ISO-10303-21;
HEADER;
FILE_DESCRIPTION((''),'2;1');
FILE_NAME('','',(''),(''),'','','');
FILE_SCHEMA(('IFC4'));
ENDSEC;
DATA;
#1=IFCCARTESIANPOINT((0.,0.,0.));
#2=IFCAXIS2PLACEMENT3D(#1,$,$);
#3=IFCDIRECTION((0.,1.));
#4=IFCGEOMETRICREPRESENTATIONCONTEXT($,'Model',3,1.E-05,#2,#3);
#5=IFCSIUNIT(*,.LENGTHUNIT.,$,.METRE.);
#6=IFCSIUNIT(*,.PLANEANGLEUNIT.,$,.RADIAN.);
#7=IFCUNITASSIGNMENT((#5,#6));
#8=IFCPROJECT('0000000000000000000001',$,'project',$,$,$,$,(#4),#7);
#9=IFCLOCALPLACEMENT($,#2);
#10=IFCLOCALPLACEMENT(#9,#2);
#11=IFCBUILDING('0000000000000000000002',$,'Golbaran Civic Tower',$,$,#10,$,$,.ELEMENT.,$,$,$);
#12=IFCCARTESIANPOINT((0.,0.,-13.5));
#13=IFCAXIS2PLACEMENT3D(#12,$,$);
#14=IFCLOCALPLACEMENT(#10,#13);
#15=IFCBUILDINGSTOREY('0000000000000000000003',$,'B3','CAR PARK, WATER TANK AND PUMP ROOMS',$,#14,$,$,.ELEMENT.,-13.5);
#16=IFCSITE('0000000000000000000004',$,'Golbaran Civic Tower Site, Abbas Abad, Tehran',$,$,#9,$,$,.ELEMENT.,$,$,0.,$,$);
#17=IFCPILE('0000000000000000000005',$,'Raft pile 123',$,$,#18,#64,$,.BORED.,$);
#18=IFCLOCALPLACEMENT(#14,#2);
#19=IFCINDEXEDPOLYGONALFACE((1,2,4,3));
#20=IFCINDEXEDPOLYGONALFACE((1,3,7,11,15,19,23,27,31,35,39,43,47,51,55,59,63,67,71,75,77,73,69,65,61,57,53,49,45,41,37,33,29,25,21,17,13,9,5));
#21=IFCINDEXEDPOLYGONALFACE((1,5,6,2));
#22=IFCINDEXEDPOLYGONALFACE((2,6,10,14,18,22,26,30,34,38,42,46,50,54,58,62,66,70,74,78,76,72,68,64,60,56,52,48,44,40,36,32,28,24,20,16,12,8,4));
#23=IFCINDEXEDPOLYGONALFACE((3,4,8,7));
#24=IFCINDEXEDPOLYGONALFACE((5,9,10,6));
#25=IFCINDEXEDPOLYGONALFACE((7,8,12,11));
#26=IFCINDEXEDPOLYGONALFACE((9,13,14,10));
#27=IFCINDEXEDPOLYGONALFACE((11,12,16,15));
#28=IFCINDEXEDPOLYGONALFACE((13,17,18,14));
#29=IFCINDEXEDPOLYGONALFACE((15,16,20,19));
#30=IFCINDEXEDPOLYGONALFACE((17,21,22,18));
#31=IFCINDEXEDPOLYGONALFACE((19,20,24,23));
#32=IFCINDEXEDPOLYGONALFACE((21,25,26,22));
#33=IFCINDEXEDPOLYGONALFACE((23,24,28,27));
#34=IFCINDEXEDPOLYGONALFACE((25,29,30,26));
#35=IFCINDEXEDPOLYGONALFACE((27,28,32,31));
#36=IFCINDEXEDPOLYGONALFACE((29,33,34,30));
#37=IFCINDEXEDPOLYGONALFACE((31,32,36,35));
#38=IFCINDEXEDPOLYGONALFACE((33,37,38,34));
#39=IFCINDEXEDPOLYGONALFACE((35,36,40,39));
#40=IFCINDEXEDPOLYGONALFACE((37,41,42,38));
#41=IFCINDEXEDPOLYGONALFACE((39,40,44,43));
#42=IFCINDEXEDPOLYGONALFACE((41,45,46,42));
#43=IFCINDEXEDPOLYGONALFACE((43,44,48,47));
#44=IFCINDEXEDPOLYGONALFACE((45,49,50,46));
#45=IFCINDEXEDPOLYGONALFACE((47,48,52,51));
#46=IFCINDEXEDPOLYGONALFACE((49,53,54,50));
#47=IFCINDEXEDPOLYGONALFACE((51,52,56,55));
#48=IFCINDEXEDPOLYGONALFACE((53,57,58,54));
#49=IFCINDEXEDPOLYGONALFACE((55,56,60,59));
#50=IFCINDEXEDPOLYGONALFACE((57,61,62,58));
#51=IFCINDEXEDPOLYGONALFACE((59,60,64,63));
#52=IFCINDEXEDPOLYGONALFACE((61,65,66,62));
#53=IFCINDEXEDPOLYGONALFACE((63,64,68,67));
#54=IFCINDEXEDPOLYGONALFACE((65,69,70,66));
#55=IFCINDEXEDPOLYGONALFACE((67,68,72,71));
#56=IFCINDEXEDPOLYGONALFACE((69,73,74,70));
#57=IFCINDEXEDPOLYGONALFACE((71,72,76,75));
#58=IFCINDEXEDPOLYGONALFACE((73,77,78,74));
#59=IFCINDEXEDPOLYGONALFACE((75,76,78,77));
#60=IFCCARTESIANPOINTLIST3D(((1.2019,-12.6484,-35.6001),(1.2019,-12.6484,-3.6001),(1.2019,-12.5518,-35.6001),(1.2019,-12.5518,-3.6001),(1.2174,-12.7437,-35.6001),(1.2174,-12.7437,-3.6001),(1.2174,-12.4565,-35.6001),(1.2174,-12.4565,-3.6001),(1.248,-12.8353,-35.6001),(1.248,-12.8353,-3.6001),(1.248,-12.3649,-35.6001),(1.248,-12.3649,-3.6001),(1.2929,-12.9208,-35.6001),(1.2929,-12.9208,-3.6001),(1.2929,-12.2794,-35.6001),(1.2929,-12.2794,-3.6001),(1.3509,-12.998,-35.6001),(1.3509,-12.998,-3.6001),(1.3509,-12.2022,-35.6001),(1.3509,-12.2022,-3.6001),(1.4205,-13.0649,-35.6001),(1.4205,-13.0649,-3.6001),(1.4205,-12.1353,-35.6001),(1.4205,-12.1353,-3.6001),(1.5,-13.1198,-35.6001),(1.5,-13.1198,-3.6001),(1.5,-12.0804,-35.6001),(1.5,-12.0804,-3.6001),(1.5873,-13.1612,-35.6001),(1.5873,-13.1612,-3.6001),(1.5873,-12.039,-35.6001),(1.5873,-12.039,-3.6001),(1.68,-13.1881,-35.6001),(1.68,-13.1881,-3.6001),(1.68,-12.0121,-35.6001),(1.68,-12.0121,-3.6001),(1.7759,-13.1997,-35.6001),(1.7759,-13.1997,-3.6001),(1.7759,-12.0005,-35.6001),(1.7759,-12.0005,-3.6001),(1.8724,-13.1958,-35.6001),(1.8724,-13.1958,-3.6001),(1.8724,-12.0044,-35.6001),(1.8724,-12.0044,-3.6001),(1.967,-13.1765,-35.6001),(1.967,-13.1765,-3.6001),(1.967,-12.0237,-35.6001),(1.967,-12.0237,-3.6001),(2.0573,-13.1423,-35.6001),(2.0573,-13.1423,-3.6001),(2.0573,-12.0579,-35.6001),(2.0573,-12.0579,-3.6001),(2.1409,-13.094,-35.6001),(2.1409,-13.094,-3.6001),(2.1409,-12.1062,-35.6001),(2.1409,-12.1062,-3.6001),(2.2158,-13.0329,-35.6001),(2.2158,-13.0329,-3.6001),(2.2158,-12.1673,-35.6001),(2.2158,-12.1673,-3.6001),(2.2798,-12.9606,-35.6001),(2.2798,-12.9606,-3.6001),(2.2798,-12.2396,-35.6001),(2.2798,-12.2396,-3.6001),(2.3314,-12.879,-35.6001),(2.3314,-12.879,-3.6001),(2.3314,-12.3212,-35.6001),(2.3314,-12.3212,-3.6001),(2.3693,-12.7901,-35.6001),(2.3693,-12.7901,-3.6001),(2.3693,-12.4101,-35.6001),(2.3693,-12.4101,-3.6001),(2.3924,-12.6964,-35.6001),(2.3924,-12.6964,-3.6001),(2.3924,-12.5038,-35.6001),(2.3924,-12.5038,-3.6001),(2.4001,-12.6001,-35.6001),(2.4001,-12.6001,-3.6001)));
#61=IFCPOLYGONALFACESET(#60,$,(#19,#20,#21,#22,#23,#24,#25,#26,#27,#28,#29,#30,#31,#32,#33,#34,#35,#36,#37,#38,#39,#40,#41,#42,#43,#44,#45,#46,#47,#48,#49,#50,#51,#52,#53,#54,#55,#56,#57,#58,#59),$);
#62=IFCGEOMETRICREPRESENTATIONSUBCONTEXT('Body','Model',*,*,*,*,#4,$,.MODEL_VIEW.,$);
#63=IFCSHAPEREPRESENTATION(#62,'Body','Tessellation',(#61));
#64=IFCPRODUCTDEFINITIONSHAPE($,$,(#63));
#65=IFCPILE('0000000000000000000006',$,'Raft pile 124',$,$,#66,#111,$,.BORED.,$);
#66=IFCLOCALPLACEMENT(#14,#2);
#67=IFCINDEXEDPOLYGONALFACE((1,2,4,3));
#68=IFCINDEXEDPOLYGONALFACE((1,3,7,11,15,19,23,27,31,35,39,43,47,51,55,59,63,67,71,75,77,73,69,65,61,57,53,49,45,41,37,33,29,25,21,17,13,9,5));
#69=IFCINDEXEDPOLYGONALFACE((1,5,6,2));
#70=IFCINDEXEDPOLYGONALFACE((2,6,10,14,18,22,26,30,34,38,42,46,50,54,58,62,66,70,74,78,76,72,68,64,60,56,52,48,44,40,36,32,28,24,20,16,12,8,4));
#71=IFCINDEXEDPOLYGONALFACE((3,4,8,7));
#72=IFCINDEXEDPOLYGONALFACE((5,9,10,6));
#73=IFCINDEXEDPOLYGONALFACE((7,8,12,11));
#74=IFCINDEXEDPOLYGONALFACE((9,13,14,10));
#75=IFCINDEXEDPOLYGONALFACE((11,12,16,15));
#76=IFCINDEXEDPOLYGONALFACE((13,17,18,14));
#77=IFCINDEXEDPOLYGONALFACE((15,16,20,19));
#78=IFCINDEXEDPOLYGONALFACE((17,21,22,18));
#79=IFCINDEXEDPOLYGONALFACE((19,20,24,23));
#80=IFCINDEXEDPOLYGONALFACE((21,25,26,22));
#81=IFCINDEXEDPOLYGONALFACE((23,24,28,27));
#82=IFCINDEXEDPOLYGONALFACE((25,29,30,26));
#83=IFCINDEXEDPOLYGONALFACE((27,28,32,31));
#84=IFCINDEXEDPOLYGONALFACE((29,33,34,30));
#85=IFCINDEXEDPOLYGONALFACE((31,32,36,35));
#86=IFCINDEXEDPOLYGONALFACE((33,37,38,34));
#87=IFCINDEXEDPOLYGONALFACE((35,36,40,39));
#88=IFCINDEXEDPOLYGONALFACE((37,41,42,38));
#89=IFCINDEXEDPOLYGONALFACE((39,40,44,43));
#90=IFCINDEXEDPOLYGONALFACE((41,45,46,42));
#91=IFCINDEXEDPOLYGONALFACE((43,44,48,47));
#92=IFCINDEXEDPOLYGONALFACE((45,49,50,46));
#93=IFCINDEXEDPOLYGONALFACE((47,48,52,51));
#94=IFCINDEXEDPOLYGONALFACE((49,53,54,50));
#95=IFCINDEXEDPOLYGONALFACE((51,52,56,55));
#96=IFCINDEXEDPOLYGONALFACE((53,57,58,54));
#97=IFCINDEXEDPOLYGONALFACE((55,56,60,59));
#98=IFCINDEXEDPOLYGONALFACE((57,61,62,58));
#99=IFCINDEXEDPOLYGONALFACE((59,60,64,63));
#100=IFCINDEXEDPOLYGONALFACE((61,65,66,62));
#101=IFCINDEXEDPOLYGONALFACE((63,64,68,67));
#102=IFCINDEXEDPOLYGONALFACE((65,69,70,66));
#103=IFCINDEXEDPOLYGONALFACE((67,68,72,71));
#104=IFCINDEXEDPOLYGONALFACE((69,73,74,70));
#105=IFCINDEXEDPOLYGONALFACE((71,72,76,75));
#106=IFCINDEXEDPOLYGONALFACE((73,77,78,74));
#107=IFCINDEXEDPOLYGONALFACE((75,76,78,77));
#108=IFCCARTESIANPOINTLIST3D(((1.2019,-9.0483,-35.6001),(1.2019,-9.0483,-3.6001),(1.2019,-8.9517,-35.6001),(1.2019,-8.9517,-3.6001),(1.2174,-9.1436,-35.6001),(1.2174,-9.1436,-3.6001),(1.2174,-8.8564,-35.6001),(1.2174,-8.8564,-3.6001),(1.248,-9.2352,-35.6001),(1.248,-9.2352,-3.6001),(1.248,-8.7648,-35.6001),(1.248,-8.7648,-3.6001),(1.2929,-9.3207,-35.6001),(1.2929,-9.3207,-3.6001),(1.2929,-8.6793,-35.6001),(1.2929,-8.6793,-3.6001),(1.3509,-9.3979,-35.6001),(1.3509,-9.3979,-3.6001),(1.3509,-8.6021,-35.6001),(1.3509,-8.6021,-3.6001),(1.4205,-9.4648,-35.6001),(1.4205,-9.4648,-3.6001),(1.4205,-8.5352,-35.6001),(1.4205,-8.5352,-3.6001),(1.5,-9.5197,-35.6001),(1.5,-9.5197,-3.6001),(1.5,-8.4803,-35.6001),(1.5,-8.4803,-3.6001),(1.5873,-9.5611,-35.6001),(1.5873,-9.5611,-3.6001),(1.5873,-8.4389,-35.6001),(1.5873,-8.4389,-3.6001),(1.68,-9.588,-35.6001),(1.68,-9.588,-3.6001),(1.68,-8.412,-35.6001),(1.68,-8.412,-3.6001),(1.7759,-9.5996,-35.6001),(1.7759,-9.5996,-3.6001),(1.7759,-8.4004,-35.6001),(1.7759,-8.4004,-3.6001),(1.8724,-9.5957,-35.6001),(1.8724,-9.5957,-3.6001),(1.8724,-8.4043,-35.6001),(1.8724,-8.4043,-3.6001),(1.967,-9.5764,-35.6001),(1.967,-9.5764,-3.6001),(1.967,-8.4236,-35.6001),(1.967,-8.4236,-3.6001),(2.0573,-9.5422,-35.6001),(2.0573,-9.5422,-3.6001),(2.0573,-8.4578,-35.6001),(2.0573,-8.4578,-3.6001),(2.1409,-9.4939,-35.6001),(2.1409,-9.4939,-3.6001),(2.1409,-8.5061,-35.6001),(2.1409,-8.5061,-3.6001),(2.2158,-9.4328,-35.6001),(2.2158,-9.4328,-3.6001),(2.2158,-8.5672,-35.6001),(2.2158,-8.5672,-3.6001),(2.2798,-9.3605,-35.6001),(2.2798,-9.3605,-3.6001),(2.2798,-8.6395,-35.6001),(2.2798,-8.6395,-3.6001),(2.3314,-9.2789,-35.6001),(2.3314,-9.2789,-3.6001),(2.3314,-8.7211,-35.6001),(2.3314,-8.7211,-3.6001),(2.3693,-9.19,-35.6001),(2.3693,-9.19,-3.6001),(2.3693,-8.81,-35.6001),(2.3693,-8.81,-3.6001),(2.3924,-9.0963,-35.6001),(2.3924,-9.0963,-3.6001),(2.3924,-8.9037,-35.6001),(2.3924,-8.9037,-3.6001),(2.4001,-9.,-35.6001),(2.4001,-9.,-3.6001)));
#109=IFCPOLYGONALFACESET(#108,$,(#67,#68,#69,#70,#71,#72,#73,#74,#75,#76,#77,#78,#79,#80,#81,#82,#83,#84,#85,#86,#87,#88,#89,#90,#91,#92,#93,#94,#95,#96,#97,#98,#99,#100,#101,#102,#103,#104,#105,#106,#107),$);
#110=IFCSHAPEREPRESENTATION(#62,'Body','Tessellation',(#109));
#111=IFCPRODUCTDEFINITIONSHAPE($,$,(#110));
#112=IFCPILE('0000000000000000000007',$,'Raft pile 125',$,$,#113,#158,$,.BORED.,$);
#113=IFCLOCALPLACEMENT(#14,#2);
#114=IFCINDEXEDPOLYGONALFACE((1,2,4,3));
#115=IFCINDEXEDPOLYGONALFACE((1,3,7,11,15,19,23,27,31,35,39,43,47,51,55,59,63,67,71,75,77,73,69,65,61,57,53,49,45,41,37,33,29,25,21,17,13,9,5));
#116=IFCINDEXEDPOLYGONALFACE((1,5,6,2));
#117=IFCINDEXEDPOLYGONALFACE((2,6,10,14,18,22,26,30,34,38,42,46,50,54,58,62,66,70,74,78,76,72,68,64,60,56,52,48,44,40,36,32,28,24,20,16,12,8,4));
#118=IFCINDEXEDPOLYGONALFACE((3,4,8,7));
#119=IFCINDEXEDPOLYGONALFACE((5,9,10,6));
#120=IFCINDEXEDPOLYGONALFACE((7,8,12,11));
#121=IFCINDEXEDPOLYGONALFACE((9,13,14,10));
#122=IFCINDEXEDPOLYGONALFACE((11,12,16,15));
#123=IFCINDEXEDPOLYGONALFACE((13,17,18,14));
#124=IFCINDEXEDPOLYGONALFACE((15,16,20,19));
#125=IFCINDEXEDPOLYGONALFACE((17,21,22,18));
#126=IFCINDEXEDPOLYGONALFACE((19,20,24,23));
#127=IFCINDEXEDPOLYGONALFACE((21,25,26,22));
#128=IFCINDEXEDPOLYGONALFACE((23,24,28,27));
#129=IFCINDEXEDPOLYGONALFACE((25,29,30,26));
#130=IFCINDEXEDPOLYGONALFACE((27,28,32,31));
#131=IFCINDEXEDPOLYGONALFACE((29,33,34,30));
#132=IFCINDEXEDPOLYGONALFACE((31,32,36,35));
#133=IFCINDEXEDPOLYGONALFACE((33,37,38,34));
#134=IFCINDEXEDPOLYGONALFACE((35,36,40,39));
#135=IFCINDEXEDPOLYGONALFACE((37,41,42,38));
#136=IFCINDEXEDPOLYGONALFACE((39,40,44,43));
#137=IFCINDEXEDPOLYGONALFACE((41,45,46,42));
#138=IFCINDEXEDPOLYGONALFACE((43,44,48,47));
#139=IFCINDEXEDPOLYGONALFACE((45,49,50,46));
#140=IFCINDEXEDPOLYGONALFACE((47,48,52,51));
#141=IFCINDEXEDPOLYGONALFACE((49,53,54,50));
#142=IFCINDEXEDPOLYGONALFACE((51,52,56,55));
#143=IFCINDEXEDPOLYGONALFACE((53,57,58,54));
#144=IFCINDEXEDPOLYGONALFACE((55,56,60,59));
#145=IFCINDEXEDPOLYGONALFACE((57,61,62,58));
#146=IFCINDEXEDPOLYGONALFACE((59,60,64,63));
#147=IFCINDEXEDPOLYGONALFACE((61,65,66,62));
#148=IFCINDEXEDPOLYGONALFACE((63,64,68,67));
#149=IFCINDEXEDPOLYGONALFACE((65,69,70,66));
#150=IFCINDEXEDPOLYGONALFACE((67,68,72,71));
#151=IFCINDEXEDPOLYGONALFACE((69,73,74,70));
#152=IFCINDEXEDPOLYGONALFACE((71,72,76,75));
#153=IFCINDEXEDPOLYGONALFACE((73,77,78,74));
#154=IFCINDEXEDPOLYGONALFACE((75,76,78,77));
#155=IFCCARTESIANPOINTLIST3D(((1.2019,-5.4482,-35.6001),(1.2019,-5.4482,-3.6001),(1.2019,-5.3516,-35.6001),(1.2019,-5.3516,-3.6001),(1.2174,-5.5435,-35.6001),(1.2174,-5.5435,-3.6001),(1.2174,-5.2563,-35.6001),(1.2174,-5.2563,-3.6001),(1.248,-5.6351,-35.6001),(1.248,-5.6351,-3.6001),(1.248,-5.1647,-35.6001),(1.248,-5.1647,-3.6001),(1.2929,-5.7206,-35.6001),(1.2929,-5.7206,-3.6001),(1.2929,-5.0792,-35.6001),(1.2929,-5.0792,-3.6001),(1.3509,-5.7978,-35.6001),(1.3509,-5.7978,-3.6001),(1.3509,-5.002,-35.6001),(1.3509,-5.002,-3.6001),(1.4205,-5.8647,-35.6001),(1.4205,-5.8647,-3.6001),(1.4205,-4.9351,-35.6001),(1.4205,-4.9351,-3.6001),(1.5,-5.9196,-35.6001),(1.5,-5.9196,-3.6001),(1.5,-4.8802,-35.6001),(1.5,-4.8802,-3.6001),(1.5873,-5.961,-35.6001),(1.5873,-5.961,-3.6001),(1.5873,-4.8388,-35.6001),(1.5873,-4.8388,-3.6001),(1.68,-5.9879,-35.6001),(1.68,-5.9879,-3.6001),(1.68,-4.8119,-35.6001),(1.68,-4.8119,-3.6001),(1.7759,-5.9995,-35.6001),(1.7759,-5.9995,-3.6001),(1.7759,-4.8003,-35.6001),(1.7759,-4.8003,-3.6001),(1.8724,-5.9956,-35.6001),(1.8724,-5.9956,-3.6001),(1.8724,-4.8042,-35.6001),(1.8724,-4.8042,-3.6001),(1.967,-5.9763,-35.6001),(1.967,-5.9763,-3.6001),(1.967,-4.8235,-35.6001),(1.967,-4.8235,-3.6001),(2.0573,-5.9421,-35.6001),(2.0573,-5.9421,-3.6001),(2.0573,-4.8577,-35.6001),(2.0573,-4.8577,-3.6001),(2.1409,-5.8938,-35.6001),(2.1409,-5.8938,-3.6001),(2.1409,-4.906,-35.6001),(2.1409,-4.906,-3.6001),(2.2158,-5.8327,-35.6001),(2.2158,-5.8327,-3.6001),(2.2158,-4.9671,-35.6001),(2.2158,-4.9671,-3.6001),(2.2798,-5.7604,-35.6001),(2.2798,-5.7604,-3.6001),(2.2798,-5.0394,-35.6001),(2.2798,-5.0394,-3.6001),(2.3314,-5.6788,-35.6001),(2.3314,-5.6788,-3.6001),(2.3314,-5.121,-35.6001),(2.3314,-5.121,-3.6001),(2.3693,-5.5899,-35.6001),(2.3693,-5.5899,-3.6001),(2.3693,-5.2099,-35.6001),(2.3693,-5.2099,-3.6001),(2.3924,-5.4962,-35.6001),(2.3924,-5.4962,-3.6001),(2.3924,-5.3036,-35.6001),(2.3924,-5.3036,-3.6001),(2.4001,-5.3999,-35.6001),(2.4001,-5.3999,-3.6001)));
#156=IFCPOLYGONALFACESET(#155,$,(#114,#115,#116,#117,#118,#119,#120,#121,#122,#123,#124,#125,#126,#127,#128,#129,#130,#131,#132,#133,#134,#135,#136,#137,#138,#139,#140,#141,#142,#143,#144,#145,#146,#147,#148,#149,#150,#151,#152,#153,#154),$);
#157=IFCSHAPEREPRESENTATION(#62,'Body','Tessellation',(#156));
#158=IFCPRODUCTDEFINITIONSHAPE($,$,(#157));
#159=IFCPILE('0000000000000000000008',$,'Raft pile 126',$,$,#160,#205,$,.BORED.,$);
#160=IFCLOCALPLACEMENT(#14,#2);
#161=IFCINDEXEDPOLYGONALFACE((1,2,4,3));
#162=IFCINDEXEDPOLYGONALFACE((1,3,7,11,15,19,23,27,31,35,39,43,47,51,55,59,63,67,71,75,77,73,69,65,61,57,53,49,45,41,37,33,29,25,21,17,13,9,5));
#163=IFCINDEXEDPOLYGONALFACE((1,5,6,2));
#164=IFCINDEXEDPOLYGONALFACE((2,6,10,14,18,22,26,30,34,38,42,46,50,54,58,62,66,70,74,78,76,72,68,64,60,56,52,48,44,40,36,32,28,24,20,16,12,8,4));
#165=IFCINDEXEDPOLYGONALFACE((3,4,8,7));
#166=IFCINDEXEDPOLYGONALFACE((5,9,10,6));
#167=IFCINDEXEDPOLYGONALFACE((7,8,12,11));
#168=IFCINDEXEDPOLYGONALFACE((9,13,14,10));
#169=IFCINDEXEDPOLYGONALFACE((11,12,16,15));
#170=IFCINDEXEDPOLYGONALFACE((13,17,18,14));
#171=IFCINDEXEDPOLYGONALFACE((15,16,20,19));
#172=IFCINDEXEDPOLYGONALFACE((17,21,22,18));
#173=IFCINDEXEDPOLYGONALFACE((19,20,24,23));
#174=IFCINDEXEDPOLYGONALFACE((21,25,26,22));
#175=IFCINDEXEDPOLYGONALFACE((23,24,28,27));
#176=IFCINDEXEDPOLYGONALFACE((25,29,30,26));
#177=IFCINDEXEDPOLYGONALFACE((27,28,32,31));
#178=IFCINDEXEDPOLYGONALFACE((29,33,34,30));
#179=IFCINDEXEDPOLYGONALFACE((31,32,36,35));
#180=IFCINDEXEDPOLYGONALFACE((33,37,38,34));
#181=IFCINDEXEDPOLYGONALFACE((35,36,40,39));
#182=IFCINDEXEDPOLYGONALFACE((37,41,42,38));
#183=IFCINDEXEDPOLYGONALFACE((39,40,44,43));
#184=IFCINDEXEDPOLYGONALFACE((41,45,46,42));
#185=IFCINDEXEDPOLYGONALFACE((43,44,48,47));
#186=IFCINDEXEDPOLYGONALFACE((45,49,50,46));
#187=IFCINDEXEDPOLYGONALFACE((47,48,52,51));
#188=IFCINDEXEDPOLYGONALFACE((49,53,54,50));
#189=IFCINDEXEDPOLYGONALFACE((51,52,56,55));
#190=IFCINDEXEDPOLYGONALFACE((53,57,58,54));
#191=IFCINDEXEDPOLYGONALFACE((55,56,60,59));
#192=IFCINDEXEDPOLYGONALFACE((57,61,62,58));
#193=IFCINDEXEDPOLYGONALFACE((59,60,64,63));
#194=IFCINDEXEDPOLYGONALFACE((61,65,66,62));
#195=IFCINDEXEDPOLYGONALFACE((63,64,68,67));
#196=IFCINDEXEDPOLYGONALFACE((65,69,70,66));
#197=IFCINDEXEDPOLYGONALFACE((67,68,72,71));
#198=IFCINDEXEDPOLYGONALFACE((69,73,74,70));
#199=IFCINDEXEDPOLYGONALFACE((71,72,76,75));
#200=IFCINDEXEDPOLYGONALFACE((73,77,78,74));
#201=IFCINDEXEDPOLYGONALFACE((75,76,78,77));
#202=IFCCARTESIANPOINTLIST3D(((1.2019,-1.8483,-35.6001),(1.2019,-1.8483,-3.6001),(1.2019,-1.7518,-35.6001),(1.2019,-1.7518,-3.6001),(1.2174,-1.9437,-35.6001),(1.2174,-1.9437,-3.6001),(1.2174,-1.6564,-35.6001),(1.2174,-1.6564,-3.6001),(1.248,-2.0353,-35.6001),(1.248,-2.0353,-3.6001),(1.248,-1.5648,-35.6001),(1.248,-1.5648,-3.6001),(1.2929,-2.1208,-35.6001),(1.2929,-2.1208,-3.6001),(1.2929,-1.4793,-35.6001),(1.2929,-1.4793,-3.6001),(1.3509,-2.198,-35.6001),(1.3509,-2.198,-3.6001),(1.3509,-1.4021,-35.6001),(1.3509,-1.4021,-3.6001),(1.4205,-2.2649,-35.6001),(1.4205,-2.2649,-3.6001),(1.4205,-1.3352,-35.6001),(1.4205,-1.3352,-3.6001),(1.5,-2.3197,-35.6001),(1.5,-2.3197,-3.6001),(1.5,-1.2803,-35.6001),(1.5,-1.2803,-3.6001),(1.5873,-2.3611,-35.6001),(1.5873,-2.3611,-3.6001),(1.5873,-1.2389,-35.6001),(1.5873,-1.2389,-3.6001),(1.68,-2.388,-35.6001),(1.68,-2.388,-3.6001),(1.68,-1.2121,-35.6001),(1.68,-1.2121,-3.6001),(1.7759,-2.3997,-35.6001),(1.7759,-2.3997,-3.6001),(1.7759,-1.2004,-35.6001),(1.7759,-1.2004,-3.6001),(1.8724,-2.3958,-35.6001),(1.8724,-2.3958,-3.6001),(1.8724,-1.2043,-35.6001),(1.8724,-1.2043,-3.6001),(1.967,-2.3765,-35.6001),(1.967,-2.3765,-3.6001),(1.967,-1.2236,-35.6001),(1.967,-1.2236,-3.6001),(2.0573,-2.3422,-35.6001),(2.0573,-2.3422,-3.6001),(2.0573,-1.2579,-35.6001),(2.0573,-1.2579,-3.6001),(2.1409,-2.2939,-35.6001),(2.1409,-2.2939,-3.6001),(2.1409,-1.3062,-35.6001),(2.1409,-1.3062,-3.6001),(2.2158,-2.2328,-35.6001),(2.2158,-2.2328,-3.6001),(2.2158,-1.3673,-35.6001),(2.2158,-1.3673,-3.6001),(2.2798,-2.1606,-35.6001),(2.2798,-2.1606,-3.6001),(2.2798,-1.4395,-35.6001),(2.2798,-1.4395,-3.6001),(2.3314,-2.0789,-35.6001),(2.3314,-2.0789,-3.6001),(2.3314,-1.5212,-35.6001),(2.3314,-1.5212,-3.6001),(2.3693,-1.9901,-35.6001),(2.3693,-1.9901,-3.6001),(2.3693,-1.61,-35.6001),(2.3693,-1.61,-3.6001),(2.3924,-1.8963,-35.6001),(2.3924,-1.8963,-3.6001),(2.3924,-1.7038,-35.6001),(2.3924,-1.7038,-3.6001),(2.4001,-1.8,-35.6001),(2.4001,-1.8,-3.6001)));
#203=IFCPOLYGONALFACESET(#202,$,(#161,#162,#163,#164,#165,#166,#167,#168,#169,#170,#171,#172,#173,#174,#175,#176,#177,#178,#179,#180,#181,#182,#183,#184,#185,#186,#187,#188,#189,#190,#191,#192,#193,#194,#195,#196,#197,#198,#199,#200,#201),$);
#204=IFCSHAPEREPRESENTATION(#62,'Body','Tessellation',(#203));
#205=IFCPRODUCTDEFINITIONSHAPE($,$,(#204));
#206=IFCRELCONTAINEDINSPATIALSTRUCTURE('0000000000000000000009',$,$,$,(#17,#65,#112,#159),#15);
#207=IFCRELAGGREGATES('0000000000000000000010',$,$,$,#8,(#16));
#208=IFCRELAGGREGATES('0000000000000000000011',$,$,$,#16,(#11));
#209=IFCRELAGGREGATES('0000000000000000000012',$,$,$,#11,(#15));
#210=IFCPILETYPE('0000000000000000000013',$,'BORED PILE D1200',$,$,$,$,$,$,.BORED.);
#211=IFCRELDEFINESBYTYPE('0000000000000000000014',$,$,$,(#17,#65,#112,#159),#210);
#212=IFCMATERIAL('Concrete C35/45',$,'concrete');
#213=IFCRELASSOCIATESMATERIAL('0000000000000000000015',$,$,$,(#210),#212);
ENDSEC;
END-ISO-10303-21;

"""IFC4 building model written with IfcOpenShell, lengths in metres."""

from ifc_helpers import new_model, si_unit, direction, frame, origin, origin_2d, place, context, subcontext, project, spatial, circle, extrude, material, material_profile, profile_set, type_object, element, save


model = new_model("IFC4")

# Units and contexts
model_context = context("Model", 3, precision=1e-05, world=origin(), true_north=direction((0.0, 1.0)))
body_context = subcontext(model_context, "Body", "Model", "MODEL_VIEW")
ifc_project = project(units=[si_unit("LENGTHUNIT", "METRE"), si_unit("PLANEANGLEUNIT", "RADIAN")], contexts=[model_context])

# Site, building, storey
site_placement = place(None, origin())
site = spatial("IfcSite", under=ifc_project, at=site_placement, Name="Golbaran Civic Tower Site, Abbas Abad, Tehran", CompositionType="ELEMENT", RefElevation=0.0)
building_placement = place(site_placement, origin())
building = spatial("IfcBuilding", under=site, at=building_placement, Name="Golbaran Civic Tower", CompositionType="ELEMENT")
storey_placement = place(building_placement, frame((0.0, 0.0, -13.5)))
storey = spatial("IfcBuildingStorey", under=building, at=storey_placement, Name="B3", Description="CAR PARK, WATER TANK AND PUMP ROOMS", CompositionType="ELEMENT", Elevation=-13.5)

# Piles
ifc_material_1 = material(Name="Concrete C35/45", Category="concrete")
ifc_material_profile = material_profile(ifc_material_1, circle(Radius=0.6001, at=origin_2d()), Name="BORED PILE D1200")
ifc_profile_set = profile_set([ifc_material_profile], Name="Concrete C35/45")
pile_type = type_object("IfcPileType", Name="BORED PILE D1200", PredefinedType="BORED", material=ifc_profile_set)
for number, where, z_axis, x_axis, name in (
    (1, (1.8, -12.6001, -3.6001), (0.0, 0.0, -1.0), (1.0, 0.0, 0.0), "Raft pile 123"),
    (2, (1.8, -9.0, -3.6001), (0.0, 0.0, -1.0), (1.0, 0.0, 0.0), "Raft pile 124"),
    (3, (1.8, -5.3999, -3.6001), (0.0, 0.0, -1.0), (1.0, 0.0, 0.0), "Raft pile 125"),
    (4, (1.8, -1.8, -3.6001), (0.0, 0.0, -1.0), (1.0, 0.0, 0.0), "Raft pile 126"),
):
    element("IfcPile", number, at=place(storey_placement, frame(where, z_axis=z_axis, x_axis=x_axis)), inside=storey, type_object=pile_type, Name=name, PredefinedType="BORED", context=body_context, shape_type="SweptSolid", body=[
        extrude(circle(Radius=0.6001, at=origin_2d()), origin(), (0.0, 0.0, 1.0), 32.0),
    ])

save(model, "model.ifc")
